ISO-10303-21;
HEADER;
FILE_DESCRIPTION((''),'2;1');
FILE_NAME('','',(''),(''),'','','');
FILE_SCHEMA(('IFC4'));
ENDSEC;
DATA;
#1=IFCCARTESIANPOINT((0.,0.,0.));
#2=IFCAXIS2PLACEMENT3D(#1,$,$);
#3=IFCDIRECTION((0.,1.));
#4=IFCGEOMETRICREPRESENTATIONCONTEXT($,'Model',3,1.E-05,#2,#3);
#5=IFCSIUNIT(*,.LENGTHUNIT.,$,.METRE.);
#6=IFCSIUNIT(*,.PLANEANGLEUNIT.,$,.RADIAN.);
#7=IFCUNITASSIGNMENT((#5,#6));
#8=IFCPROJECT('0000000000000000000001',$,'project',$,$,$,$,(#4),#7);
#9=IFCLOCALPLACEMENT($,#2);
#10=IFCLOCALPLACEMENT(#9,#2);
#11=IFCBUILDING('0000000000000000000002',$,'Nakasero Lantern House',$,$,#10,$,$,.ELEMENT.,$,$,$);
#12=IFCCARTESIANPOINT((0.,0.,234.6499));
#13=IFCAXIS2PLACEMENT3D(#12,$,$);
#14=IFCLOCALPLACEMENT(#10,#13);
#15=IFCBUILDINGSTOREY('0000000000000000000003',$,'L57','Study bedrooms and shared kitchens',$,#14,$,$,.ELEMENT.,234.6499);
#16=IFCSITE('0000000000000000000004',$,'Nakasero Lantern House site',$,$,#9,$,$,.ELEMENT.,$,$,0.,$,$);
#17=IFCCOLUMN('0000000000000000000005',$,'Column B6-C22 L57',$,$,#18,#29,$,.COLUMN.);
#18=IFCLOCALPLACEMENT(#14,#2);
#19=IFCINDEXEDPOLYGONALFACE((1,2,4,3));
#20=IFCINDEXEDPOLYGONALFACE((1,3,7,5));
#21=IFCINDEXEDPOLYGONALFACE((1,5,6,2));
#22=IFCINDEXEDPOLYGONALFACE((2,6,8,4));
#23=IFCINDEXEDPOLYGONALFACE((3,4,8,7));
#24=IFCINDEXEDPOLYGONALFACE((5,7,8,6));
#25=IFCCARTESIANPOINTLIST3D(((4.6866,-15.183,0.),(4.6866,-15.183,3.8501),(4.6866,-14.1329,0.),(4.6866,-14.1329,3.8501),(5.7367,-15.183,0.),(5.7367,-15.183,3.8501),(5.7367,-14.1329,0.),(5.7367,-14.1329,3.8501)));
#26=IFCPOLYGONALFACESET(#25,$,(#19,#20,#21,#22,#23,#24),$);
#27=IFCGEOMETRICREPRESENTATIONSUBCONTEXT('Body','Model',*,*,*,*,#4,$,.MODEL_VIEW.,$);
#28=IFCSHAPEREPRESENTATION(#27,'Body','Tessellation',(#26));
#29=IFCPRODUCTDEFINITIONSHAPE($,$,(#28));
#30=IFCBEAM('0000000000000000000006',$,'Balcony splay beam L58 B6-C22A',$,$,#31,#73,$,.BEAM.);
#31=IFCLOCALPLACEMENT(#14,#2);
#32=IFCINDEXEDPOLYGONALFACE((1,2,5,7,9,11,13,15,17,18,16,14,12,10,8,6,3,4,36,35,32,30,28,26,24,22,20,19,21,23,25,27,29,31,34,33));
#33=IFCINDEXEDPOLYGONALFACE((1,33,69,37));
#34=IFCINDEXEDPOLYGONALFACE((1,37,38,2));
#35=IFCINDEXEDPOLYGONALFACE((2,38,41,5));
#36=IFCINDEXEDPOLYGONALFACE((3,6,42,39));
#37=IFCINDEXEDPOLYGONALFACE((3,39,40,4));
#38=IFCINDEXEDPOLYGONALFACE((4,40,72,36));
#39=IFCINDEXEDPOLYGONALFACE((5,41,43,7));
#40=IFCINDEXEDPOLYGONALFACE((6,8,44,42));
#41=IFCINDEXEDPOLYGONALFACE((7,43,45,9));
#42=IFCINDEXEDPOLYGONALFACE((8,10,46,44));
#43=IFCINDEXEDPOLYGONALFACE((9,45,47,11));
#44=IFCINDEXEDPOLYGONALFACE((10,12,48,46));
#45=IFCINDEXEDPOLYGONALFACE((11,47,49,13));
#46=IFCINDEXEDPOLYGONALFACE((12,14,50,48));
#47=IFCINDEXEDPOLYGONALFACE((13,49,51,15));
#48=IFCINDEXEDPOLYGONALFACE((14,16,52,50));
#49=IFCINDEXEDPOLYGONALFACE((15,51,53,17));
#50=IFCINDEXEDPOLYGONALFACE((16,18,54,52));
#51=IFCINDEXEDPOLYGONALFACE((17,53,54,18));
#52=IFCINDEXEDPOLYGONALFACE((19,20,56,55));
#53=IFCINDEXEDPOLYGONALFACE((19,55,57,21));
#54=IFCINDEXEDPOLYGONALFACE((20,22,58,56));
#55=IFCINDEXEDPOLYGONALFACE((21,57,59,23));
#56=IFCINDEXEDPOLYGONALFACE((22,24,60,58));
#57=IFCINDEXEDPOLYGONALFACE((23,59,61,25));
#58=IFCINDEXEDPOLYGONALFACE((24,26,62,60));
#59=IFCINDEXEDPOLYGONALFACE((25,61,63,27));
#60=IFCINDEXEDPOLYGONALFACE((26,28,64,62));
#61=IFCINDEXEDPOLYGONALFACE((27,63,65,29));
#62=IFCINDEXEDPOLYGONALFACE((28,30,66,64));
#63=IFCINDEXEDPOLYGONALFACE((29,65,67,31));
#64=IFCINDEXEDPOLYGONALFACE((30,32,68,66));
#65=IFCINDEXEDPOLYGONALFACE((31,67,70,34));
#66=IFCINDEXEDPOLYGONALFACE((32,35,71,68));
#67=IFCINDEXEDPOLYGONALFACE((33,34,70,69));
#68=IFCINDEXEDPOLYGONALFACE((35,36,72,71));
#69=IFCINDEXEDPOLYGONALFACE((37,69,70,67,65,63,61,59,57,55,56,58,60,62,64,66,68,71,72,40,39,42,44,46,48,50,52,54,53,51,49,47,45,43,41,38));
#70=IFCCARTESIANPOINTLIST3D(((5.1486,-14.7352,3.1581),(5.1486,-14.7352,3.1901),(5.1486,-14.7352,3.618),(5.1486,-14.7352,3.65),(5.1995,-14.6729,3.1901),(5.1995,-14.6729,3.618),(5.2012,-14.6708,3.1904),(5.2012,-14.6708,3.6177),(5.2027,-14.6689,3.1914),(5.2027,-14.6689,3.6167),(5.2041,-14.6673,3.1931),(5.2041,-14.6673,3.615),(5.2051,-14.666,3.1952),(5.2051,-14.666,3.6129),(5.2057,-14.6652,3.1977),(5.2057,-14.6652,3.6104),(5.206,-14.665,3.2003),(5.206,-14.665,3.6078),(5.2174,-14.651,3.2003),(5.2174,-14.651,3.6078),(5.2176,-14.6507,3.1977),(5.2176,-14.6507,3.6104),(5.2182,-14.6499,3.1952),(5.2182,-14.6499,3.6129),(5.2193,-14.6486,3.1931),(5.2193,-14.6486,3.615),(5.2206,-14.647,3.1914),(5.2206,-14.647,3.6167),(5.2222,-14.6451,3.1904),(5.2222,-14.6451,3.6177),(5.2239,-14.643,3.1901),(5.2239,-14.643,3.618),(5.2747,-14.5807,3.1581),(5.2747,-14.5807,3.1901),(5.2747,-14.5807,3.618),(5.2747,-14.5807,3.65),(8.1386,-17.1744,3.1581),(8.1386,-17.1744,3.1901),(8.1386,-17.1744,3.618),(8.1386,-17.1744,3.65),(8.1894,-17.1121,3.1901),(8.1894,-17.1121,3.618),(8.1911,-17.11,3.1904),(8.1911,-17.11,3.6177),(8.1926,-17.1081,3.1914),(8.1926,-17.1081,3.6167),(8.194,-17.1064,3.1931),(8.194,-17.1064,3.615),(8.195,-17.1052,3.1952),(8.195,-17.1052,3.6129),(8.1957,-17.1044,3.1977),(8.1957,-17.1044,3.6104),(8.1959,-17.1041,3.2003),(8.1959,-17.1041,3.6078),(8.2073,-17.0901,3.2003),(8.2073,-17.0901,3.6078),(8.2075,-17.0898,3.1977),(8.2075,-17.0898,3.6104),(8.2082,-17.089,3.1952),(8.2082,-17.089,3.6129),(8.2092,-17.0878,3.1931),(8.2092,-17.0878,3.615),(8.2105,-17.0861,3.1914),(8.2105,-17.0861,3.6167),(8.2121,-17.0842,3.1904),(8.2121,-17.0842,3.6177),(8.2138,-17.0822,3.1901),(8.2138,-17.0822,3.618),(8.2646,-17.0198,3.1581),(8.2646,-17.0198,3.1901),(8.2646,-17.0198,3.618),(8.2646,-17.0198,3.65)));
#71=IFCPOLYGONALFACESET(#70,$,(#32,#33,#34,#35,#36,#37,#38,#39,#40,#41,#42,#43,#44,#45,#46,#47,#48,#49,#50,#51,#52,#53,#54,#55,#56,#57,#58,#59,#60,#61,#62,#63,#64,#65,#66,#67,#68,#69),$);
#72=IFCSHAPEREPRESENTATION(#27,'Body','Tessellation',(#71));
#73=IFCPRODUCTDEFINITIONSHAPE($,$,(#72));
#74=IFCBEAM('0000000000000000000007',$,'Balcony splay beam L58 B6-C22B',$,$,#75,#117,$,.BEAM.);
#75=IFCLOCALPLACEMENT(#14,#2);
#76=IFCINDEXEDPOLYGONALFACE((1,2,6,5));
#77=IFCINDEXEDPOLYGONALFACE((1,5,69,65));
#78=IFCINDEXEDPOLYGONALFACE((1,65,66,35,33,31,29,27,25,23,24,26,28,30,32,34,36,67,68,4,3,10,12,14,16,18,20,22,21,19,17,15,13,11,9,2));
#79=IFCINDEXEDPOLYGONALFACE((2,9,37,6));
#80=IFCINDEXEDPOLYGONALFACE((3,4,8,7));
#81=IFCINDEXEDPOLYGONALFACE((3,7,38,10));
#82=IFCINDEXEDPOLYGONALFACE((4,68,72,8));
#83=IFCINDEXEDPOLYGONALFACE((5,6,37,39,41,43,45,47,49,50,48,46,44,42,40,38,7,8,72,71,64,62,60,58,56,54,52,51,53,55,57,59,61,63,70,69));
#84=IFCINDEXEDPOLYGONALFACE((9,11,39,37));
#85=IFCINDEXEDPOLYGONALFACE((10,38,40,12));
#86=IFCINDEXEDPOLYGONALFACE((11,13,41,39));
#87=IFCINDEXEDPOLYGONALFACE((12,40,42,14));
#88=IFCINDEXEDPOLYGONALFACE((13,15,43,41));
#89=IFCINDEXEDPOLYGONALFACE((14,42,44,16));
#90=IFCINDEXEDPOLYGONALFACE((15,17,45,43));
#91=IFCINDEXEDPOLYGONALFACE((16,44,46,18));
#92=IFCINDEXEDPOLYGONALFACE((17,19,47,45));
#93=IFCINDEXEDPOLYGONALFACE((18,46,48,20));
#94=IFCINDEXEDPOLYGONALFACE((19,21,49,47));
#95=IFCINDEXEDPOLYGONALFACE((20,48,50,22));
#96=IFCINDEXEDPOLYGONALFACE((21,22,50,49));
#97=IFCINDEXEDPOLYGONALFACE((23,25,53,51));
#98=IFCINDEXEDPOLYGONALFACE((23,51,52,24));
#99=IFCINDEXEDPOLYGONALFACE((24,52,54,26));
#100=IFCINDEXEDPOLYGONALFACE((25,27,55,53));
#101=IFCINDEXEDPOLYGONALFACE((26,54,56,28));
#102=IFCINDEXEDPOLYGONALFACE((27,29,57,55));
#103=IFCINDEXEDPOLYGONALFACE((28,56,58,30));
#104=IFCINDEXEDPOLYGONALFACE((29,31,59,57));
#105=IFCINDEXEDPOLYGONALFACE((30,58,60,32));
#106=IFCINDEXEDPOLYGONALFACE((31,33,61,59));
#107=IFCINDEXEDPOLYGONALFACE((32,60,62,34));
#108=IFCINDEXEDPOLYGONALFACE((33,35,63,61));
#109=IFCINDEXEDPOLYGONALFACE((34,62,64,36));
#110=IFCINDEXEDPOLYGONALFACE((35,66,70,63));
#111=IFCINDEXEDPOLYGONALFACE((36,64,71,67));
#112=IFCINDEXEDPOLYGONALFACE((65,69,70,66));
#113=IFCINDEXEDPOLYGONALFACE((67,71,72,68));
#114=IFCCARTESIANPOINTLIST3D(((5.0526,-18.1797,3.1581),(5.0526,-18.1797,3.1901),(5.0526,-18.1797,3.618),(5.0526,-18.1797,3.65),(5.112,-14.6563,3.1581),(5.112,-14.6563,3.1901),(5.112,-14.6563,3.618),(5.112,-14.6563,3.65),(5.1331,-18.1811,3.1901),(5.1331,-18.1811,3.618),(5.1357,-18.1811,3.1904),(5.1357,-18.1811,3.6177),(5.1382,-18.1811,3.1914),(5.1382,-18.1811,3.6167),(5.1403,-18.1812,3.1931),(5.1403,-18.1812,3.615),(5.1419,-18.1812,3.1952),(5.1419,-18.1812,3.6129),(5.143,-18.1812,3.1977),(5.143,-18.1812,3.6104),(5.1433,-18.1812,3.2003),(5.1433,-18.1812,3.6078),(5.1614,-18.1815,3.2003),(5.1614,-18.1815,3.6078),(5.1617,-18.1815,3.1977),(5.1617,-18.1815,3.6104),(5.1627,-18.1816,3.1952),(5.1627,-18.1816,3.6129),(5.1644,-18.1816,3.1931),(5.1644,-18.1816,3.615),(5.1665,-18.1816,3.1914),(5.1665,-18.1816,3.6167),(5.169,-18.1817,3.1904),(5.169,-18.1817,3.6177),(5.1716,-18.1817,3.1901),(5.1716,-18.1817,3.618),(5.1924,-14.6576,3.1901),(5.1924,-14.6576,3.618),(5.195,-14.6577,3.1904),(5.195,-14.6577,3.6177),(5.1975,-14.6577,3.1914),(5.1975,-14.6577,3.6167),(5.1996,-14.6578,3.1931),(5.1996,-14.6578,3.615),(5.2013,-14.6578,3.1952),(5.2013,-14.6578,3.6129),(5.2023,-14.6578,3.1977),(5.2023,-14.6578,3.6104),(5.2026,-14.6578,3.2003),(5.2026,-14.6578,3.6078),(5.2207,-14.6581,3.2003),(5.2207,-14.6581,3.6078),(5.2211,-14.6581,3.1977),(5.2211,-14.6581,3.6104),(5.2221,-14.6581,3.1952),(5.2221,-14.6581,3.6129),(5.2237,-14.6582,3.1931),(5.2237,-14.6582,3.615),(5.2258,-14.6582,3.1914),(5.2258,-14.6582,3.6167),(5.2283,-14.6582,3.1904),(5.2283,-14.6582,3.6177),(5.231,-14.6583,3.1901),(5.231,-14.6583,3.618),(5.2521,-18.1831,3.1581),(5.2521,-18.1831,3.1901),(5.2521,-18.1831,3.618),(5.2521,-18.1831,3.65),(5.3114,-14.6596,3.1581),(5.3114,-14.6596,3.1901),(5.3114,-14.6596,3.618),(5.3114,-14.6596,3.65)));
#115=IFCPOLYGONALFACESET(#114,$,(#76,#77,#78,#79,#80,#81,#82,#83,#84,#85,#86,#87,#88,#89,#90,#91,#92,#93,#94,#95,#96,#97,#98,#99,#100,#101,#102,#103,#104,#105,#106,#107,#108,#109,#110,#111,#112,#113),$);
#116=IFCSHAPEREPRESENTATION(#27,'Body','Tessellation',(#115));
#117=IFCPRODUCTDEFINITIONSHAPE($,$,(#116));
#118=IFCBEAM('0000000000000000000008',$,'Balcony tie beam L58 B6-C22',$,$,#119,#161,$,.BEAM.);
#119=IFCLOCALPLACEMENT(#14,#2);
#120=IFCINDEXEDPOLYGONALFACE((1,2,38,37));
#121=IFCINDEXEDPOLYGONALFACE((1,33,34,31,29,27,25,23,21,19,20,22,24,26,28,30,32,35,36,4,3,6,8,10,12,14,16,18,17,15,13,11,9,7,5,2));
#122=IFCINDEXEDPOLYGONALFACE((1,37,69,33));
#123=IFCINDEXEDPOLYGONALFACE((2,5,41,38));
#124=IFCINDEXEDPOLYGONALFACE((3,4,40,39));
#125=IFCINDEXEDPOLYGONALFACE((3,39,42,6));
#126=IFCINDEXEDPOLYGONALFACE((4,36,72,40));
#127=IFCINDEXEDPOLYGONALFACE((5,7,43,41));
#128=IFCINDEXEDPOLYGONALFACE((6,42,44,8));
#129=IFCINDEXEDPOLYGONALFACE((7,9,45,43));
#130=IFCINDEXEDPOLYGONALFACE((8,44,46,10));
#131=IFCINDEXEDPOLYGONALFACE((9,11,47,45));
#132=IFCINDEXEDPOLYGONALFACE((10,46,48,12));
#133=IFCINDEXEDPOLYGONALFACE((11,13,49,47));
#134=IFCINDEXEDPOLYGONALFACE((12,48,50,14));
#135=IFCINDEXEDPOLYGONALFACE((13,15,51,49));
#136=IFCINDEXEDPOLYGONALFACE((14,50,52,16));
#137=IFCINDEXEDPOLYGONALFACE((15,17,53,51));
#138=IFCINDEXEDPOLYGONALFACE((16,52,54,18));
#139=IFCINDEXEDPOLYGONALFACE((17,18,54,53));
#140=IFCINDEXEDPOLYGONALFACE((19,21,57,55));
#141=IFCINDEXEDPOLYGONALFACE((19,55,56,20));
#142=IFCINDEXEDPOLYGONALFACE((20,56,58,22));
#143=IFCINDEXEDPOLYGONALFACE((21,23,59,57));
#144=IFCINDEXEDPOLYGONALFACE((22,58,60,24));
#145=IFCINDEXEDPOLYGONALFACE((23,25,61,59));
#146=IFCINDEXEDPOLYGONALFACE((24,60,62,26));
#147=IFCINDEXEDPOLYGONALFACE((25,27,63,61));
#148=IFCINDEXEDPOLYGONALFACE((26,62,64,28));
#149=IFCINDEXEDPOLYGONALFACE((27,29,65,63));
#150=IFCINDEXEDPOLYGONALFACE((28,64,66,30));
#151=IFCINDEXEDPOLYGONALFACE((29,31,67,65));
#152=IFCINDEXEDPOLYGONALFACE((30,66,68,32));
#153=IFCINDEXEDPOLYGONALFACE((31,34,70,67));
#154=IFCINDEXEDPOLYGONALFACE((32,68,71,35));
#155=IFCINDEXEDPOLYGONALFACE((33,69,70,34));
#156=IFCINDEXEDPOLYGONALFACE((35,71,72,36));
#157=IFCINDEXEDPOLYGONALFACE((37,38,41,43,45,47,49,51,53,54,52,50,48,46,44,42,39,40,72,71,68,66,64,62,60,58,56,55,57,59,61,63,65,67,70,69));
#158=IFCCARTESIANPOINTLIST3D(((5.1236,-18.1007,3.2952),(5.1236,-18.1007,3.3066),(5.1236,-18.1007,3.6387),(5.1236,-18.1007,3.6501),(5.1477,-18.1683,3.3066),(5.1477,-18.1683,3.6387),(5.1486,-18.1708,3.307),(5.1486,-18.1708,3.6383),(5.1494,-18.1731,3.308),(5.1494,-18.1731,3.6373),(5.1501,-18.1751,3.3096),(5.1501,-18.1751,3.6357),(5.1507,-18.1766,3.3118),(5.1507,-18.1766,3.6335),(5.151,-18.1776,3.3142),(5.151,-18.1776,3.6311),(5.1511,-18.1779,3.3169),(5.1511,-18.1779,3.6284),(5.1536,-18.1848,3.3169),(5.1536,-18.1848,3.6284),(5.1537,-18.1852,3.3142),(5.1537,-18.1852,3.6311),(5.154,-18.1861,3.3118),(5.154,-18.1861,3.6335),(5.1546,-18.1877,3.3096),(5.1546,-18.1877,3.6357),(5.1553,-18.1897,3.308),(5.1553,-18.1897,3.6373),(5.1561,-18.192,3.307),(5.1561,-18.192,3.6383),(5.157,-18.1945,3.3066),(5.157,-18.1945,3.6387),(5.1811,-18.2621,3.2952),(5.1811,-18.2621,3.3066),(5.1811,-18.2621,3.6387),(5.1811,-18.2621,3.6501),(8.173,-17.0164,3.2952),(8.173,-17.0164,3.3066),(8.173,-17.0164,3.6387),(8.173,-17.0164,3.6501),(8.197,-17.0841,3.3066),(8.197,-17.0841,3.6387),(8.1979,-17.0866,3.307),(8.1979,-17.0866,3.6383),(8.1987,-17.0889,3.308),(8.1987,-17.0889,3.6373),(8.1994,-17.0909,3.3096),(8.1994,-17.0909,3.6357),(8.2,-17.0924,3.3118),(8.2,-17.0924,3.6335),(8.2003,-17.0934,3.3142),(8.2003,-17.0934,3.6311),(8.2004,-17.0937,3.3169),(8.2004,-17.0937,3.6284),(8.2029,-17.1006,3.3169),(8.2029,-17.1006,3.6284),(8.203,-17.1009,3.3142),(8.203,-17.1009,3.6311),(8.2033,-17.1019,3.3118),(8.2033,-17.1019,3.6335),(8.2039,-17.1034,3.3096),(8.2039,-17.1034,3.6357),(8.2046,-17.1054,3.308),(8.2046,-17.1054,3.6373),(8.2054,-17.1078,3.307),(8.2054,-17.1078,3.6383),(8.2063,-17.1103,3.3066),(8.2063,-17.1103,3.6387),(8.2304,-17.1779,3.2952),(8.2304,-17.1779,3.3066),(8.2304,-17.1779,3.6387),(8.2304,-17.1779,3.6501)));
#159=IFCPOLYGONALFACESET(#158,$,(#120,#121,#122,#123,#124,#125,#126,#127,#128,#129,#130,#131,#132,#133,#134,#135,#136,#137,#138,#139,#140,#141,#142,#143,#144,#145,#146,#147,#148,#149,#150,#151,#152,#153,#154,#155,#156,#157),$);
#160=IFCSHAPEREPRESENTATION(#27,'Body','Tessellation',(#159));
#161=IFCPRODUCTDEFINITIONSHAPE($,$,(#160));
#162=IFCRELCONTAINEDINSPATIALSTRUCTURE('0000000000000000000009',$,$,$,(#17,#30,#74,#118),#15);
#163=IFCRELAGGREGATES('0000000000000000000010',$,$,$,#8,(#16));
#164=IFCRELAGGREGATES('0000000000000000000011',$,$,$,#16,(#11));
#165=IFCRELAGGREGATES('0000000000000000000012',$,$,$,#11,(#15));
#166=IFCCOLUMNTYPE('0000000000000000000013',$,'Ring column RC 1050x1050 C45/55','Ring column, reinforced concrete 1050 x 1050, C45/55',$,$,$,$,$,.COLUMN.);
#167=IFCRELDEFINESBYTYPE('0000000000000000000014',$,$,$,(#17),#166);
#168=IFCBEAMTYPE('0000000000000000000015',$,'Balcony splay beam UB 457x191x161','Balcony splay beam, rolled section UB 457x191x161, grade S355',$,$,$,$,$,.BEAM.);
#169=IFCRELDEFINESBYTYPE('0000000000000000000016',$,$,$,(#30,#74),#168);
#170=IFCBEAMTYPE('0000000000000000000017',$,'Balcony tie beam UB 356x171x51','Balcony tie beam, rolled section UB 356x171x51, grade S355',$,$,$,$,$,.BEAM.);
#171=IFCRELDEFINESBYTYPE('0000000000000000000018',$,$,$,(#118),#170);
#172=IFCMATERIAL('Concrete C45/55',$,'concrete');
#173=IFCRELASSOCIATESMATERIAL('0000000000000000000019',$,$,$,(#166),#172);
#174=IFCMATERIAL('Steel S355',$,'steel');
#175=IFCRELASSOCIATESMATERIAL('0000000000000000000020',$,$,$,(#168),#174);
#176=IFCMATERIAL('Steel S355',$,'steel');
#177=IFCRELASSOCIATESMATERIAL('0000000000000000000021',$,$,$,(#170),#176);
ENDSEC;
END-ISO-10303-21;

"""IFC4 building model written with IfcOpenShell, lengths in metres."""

from ifc_helpers import new_model, si_unit, direction, frame, origin, origin_2d, place, context, subcontext, project, spatial, rectangle, i_section, extrude, material, material_profile, profile_set, type_object, element, save


model = new_model("IFC4")

# Units and contexts
model_context = context("Model", 3, precision=1e-05, world=origin(), true_north=direction((0.0, 1.0)))
body_context = subcontext(model_context, "Body", "Model", "MODEL_VIEW")
ifc_project = project(units=[si_unit("LENGTHUNIT", "METRE"), si_unit("PLANEANGLEUNIT", "RADIAN")], contexts=[model_context])

# Site, building, storey
site_placement = place(None, origin())
site = spatial("IfcSite", under=ifc_project, at=site_placement, Name="Nakasero Lantern House site", CompositionType="ELEMENT", RefElevation=0.0)
building_placement = place(site_placement, origin())
building = spatial("IfcBuilding", under=site, at=building_placement, Name="Nakasero Lantern House", CompositionType="ELEMENT")
storey_placement = place(building_placement, frame((0.0, 0.0, 234.6499)))
storey = spatial("IfcBuildingStorey", under=building, at=storey_placement, Name="L57", Description="Study bedrooms and shared kitchens", CompositionType="ELEMENT", Elevation=234.6499)

# Column
ifc_material_1 = material(Name="Concrete C45/55", Category="concrete")
ifc_material_profile_1 = material_profile(ifc_material_1, rectangle(XDim=1.05, YDim=1.05, at=origin_2d()), Name="RC 1050x1050")
ifc_profile_set_1 = profile_set([ifc_material_profile_1], Name="Concrete C45/55")
column_type = type_object("IfcColumnType", Name="Ring column RC 1050x1050 C45/55", Description="Ring column, reinforced concrete 1050 x 1050, C45/55", PredefinedType="COLUMN", material=ifc_profile_set_1)
column_placement = place(storey_placement, frame((5.2117, -14.658, 0.0), z_axis=(0.0, 0.0, 1.0), x_axis=(1.0, 0.0, 0.0)))
element("IfcColumn", 1, at=column_placement, inside=storey, type_object=column_type, Name="Column B6-C22 L57", PredefinedType="COLUMN", context=body_context, shape_type="SweptSolid", body=[
    extrude(rectangle(XDim=1.05, YDim=1.05, at=origin_2d()), origin(), (0.0, 0.0, 1.0), 3.8501),
])

# Beams
ifc_material_2 = material(Name="Steel S355", Category="steel")
ifc_material_profile_2 = material_profile(ifc_material_2, i_section(OverallWidth=0.1995, OverallDepth=0.4919, WebThickness=0.0181, FlangeThickness=0.032, FilletRadius=0.0103, at=origin_2d()), Name="UB 457x191x161")
ifc_profile_set_2 = profile_set([ifc_material_profile_2], Name="Steel S355")
beam_type_1 = type_object("IfcBeamType", Name="Balcony splay beam UB 457x191x161", Description="Balcony splay beam, rolled section UB 457x191x161, grade S355", PredefinedType="BEAM", material=ifc_profile_set_2)
beam_1_placement = place(storey_placement, frame((5.2117, -14.658, 3.4041), z_axis=(0.774864, -0.632128, 0.0), x_axis=(0.632128, 0.774864, 0.0)))
element("IfcBeam", 2, at=beam_1_placement, inside=storey, type_object=beam_type_1, Name="Balcony splay beam L58 B6-C22A", PredefinedType="BEAM", context=body_context, shape_type="SweptSolid", body=[
    extrude(i_section(OverallWidth=0.1995, OverallDepth=0.4919, WebThickness=0.0181, FlangeThickness=0.032, FilletRadius=0.0103, at=origin_2d()), origin(), (0.0, 0.0, 1.0), 3.8586),
])
beam_2_placement = place(storey_placement, frame((5.2117, -14.658, 3.4041), z_axis=(-0.016835, -0.999858, 0.0), x_axis=(0.999858, -0.016835, 0.0)))
element("IfcBeam", 3, at=beam_2_placement, inside=storey, type_object=beam_type_1, Name="Balcony splay beam L58 B6-C22B", PredefinedType="BEAM", context=body_context, shape_type="SweptSolid", body=[
    extrude(i_section(OverallWidth=0.1995, OverallDepth=0.4919, WebThickness=0.0181, FlangeThickness=0.032, FilletRadius=0.0103, at=origin_2d()), origin(), (0.0, 0.0, 1.0), 3.5239),
])
ifc_material_3 = material(Name="Steel S355", Category="steel")
ifc_material_profile_3 = material_profile(ifc_material_3, i_section(OverallWidth=0.1714, OverallDepth=0.355, WebThickness=0.0073, FlangeThickness=0.0115, FilletRadius=0.0103, at=origin_2d()), Name="UB 356x171x51")
ifc_profile_set_3 = profile_set([ifc_material_profile_3], Name="Steel S355")
beam_type_2 = type_object("IfcBeamType", Name="Balcony tie beam UB 356x171x51", Description="Balcony tie beam, rolled section UB 356x171x51, grade S355", PredefinedType="BEAM", material=ifc_profile_set_3)
beam_3_placement = place(storey_placement, frame((8.2017, -17.0972, 3.4727), z_axis=(-0.942212, -0.335017, 0.0), x_axis=(0.335017, -0.942212, 0.0)))
element("IfcBeam", 4, at=beam_3_placement, inside=storey, type_object=beam_type_2, Name="Balcony tie beam L58 B6-C22", PredefinedType="BEAM", context=body_context, shape_type="SweptSolid", body=[
    extrude(i_section(OverallWidth=0.1714, OverallDepth=0.355, WebThickness=0.0073, FlangeThickness=0.0115, FilletRadius=0.0103, at=origin_2d()), origin(), (0.0, 0.0, 1.0), 3.2363),
])

save(model, "model.ifc")
